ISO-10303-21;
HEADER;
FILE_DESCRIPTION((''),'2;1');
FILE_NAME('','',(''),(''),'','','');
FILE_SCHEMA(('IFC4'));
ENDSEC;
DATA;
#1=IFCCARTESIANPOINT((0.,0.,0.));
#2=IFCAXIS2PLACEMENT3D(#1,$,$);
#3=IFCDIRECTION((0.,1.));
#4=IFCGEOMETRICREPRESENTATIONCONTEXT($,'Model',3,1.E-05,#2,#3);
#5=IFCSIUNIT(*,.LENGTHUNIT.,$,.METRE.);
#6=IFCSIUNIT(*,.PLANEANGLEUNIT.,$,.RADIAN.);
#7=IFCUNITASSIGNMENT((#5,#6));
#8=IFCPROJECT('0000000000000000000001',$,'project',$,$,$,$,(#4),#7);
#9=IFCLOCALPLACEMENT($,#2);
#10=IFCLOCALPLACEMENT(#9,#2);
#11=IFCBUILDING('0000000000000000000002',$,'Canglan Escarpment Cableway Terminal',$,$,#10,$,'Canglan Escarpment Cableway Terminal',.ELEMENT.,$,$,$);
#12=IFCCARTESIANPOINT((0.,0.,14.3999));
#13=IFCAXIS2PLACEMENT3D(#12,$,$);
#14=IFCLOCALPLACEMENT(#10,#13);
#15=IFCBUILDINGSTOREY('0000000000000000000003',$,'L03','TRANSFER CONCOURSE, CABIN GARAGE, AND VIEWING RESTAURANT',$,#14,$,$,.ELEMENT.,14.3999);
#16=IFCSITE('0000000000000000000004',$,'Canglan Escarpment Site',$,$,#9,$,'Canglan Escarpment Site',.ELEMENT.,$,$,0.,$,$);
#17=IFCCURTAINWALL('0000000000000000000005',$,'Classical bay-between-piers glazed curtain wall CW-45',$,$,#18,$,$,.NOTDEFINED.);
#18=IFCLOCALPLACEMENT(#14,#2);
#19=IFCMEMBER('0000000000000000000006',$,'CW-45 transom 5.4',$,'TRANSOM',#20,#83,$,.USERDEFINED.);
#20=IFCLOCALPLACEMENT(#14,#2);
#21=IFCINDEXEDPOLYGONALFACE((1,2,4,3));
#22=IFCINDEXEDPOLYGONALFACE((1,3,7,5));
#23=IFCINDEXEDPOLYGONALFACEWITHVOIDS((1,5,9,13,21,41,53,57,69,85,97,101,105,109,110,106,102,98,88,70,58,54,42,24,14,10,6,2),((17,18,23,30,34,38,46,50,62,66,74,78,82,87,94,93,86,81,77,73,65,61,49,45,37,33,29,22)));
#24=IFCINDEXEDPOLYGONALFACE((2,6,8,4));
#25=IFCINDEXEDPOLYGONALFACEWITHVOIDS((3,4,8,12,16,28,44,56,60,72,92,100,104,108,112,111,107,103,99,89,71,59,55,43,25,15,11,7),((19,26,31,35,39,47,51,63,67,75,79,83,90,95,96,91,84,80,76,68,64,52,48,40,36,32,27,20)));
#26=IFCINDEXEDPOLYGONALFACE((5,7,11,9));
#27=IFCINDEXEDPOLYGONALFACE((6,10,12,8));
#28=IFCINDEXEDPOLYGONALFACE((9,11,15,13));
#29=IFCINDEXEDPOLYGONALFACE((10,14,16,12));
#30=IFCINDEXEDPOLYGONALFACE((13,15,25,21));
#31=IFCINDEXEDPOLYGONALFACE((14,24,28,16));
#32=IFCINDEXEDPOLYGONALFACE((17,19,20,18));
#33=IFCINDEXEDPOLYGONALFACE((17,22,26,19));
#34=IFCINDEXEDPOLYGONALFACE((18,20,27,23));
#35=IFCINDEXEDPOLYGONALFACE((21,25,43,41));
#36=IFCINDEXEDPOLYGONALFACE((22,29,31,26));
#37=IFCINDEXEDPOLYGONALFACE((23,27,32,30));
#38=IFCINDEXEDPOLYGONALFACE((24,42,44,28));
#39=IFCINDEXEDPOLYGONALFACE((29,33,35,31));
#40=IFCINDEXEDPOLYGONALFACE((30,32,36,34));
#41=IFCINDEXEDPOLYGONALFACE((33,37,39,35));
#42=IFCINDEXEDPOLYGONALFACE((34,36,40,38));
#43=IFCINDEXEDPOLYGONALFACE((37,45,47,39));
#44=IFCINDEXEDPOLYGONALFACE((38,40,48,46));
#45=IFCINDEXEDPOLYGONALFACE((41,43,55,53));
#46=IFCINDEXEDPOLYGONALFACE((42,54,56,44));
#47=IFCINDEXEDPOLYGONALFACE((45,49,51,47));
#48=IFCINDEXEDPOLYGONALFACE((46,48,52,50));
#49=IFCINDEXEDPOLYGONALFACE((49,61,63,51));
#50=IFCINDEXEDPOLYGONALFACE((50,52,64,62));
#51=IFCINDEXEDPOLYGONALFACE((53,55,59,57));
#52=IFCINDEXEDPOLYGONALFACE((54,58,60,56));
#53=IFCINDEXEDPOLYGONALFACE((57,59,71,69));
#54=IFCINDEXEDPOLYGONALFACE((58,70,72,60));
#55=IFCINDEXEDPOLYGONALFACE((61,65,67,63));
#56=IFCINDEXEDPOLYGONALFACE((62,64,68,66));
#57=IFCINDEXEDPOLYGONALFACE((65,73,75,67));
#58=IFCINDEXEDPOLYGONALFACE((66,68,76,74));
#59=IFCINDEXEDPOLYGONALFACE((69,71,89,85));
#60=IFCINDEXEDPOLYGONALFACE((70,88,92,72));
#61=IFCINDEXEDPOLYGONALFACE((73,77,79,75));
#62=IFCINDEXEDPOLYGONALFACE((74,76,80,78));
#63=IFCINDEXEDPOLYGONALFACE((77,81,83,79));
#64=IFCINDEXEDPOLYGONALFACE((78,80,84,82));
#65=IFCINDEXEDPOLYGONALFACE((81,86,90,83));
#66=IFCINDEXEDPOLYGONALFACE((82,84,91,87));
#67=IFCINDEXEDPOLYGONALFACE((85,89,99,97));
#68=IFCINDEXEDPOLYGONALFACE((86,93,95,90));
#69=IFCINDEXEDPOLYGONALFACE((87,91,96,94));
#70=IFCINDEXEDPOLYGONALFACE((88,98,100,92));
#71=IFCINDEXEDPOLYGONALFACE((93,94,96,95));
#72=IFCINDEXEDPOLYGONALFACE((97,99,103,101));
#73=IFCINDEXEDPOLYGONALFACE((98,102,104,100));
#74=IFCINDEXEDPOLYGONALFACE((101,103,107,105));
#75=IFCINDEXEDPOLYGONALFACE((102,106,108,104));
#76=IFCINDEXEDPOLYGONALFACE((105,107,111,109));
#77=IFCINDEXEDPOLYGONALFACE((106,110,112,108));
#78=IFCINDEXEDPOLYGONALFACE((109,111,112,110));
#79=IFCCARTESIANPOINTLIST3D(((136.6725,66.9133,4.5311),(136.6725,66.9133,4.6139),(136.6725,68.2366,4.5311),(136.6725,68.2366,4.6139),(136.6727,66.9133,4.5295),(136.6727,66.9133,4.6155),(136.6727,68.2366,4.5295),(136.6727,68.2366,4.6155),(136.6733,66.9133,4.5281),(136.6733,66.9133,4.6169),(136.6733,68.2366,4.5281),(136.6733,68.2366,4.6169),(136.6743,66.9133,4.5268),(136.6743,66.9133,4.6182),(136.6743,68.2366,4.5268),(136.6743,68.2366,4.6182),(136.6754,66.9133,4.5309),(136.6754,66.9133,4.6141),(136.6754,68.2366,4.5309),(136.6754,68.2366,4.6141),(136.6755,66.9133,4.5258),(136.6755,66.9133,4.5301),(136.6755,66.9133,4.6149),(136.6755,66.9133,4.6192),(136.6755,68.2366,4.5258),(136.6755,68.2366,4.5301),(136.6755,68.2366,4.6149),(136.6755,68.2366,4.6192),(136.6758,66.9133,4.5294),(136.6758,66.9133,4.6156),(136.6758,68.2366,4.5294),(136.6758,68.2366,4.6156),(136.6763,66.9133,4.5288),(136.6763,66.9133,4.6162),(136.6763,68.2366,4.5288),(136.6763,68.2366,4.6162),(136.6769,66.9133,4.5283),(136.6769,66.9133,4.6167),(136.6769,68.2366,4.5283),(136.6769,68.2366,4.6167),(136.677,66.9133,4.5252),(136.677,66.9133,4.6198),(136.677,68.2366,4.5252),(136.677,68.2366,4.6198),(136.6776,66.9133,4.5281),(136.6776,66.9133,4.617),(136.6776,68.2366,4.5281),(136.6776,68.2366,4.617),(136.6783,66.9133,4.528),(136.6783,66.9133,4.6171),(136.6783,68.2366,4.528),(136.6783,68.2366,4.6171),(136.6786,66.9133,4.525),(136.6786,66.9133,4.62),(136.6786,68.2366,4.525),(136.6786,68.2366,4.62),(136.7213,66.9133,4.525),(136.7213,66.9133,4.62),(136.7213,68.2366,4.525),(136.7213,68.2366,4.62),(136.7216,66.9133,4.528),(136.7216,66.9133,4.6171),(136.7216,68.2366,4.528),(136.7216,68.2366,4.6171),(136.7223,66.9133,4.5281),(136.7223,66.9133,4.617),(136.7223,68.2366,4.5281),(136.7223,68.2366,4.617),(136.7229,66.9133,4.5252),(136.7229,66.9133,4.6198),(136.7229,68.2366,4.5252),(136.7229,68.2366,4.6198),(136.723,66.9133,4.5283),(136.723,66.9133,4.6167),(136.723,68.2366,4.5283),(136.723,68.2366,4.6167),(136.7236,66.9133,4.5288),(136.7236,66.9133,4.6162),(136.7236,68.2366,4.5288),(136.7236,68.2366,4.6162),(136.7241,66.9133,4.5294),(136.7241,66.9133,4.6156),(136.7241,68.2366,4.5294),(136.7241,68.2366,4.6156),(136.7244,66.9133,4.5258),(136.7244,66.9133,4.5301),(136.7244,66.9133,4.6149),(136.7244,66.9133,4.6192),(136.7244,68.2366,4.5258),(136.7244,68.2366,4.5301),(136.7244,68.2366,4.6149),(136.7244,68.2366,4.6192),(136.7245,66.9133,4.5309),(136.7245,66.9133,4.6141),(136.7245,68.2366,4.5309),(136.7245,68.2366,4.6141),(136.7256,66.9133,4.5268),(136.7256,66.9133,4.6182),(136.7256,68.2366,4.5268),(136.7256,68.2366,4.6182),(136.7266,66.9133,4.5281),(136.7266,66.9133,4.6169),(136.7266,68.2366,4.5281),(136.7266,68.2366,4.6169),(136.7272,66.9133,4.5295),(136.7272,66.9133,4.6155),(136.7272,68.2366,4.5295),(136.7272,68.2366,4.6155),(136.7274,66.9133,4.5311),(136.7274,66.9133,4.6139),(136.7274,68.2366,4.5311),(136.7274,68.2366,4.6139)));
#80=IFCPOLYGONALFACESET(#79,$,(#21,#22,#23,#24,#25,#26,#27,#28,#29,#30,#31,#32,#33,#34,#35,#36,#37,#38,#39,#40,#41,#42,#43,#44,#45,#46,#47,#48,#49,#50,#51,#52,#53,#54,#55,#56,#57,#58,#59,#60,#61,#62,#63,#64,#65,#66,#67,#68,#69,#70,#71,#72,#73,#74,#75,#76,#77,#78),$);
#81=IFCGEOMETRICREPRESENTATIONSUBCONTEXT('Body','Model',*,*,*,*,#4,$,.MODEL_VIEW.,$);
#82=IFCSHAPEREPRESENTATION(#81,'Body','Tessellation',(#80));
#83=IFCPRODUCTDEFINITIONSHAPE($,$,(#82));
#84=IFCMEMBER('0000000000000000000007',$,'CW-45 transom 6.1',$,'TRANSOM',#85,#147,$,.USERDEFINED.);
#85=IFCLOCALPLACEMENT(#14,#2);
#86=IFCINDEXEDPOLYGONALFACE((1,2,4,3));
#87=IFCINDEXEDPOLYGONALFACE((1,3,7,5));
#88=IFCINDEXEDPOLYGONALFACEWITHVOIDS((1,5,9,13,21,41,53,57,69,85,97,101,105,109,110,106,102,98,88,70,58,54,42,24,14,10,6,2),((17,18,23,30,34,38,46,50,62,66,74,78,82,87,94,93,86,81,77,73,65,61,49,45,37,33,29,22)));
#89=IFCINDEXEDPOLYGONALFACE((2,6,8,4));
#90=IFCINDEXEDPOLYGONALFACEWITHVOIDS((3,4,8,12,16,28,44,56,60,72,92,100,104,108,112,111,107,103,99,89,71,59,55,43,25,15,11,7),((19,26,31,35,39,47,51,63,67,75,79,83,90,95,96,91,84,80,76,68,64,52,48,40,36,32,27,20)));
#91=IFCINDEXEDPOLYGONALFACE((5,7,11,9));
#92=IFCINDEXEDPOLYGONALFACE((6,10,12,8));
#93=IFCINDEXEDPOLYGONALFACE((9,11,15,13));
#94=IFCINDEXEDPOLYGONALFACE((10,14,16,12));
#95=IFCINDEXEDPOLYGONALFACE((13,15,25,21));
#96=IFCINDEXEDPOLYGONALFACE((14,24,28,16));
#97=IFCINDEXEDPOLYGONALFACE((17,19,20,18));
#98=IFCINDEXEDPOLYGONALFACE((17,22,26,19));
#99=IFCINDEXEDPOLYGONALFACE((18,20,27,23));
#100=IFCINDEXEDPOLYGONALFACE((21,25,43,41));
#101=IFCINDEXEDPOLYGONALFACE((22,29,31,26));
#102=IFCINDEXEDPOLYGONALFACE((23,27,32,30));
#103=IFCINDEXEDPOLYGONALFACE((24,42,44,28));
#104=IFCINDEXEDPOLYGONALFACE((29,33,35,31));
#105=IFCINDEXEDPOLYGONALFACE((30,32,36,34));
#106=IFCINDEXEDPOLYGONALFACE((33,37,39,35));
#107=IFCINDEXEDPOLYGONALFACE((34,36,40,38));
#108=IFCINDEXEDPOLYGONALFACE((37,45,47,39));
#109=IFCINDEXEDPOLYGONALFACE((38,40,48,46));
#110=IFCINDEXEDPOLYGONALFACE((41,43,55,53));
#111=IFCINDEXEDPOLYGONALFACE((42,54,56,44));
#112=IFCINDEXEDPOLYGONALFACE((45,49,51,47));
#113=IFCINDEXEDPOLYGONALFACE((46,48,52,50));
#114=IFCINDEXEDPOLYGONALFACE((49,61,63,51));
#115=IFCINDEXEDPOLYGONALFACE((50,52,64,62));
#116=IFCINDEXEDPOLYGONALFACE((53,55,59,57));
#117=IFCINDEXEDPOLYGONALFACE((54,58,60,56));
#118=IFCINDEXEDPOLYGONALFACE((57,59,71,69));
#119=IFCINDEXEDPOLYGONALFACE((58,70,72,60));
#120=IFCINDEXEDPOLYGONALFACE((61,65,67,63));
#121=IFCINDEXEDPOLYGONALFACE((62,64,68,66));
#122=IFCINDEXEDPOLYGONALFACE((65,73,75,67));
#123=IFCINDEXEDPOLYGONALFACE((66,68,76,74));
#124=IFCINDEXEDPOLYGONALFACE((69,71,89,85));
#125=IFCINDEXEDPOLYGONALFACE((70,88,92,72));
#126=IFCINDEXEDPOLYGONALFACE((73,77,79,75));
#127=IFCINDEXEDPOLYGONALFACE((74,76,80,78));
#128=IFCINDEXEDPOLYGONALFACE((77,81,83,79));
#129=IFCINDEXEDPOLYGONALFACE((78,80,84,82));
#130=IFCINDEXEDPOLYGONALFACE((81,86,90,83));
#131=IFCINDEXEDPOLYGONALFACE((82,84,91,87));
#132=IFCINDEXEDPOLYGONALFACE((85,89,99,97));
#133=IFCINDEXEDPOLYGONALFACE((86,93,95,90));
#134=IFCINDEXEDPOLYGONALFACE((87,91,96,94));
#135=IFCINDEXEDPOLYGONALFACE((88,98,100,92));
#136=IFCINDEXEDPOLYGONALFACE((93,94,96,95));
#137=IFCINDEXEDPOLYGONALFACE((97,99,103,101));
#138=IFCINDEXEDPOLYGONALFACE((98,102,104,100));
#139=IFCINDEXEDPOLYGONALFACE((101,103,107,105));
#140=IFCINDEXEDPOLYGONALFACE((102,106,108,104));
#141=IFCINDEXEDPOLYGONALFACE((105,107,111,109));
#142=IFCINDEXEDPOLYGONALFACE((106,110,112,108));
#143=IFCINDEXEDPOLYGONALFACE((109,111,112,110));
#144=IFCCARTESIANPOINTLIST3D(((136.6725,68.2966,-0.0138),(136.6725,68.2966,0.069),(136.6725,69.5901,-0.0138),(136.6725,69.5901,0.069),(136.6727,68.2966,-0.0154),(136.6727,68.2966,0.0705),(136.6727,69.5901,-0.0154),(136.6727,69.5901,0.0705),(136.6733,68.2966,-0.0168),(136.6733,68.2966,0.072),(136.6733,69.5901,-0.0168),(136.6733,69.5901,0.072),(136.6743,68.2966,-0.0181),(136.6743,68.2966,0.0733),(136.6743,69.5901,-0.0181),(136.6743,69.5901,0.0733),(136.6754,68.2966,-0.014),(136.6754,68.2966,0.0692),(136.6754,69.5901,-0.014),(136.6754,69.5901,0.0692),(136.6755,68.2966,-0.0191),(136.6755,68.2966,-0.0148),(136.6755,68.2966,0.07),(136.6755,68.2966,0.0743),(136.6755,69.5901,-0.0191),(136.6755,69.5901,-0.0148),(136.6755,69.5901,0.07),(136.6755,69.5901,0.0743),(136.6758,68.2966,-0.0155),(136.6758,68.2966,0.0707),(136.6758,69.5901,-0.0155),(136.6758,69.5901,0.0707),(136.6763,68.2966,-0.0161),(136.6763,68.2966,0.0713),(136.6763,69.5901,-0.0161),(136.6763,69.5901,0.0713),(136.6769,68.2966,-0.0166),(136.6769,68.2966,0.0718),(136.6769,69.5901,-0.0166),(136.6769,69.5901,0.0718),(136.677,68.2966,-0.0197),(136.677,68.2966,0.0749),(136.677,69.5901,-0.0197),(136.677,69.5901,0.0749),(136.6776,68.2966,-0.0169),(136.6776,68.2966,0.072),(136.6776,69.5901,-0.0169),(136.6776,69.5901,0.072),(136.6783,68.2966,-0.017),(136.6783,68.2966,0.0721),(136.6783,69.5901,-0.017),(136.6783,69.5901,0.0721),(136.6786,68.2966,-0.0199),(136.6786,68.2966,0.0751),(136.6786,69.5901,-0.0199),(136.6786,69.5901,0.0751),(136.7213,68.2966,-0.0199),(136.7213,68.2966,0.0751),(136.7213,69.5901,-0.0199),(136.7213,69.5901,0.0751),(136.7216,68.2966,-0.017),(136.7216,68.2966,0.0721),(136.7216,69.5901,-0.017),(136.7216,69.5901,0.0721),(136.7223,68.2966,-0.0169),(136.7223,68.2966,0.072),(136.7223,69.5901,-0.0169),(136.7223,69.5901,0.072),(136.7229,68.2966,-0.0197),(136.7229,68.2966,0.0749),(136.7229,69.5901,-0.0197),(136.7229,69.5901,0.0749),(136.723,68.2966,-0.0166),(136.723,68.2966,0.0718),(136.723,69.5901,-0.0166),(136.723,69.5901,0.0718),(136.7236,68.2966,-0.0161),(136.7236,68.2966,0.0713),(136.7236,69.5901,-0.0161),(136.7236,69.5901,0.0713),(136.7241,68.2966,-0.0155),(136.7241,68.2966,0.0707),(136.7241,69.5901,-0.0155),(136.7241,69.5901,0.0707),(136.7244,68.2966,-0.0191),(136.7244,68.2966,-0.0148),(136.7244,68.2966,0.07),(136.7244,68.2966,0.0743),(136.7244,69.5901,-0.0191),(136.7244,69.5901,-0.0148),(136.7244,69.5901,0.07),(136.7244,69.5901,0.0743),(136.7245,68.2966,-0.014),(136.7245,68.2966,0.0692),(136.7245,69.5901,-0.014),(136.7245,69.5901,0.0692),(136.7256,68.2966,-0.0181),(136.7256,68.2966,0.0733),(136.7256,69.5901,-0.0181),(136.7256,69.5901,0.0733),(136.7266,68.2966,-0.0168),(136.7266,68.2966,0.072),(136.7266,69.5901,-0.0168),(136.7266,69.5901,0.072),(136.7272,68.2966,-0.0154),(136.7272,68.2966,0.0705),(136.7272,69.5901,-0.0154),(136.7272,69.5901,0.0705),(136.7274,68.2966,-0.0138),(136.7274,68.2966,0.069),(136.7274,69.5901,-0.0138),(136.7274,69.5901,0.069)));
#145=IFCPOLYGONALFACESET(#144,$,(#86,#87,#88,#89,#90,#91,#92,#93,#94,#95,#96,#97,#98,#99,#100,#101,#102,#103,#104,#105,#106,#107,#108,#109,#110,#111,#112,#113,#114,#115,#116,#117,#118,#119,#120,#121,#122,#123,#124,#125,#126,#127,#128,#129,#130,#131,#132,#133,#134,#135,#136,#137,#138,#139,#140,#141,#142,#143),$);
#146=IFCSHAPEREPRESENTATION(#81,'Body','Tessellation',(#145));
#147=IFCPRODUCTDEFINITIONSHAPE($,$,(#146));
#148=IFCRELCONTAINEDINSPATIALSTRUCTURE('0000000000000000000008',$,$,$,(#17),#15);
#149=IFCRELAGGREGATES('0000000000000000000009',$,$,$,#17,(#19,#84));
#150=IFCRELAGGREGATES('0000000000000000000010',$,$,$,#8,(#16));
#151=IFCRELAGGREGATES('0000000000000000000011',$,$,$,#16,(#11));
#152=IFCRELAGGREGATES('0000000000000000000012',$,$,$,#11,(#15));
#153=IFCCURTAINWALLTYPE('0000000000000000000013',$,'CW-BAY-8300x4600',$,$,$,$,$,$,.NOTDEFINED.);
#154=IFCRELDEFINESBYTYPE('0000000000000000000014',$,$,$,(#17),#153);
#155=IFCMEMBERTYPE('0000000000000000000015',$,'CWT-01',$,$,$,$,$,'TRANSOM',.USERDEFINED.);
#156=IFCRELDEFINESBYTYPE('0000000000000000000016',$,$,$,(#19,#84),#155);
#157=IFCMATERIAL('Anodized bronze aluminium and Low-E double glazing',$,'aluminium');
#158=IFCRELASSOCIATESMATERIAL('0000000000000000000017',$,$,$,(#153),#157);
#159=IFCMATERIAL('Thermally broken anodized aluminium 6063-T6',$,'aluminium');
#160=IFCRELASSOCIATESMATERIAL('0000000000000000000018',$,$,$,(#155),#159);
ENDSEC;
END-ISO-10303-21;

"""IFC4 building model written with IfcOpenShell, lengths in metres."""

from ifc_helpers import new_model, si_unit, direction, frame, origin, origin_2d, place, context, subcontext, project, spatial, hollow_rectangle, extrude, material, material_profile, profile_set, type_object, element, aggregate, save


model = new_model("IFC4")

# Units and contexts
model_context = context("Model", 3, precision=1e-05, world=origin(), true_north=direction((0.0, 1.0)))
body_context = subcontext(model_context, "Body", "Model", "MODEL_VIEW")
ifc_project = project(units=[si_unit("LENGTHUNIT", "METRE"), si_unit("PLANEANGLEUNIT", "RADIAN")], contexts=[model_context])

# Site, building, storey
site_placement = place(None, origin())
site = spatial("IfcSite", under=ifc_project, at=site_placement, Name="Canglan Escarpment Site", LongName="Canglan Escarpment Site", CompositionType="ELEMENT", RefElevation=0.0)
building_placement = place(site_placement, origin())
building = spatial("IfcBuilding", under=site, at=building_placement, Name="Canglan Escarpment Cableway Terminal", LongName="Canglan Escarpment Cableway Terminal", CompositionType="ELEMENT")
storey_placement = place(building_placement, frame((0.0, 0.0, 14.3999)))
storey = spatial("IfcBuildingStorey", under=building, at=storey_placement, Name="L03", Description="TRANSFER CONCOURSE, CABIN GARAGE, AND VIEWING RESTAURANT", CompositionType="ELEMENT", Elevation=14.3999)

# Curtain wall, members
ifc_material_1 = material(Name="Anodized bronze aluminium and Low-E double glazing", Category="aluminium")
curtain_wall_type = type_object("IfcCurtainWallType", Name="CW-BAY-8300x4600", PredefinedType="NOTDEFINED", material=ifc_material_1)
curtain_wall_placement = place(storey_placement, origin())
curtain_wall = element("IfcCurtainWall", 1, at=curtain_wall_placement, inside=storey, type_object=curtain_wall_type, Name="Classical bay-between-piers glazed curtain wall CW-45", PredefinedType="NOTDEFINED")
ifc_material_2 = material(Name="Thermally broken anodized aluminium 6063-T6", Category="aluminium")
ifc_material_profile_1 = material_profile(ifc_material_2, hollow_rectangle(XDim=0.0549, YDim=0.095, WallThickness=0.0029, InnerFilletRadius=0.0029, OuterFilletRadius=0.0061, at=origin_2d()), Name="ALU-TRAN 55x95x3")
ifc_profile_set_1 = profile_set([ifc_material_profile_1], Name="Thermally broken anodized aluminium 6063-T6")
member_type_1 = type_object("IfcMemberType", Name="CWT-01", ElementType="TRANSOM", PredefinedType="USERDEFINED", material=ifc_profile_set_1)
member_1_placement = place(storey_placement, frame((136.7, 66.9133, 4.5725), z_axis=(0.0, 1.0, 0.0), x_axis=(-1.0, 0.0, 0.0)))
member_1 = element("IfcMember", 2, at=member_1_placement, type_object=member_type_1, Name="CW-45 transom 5.4", ObjectType="TRANSOM", PredefinedType="USERDEFINED", context=body_context, shape_type="SweptSolid", body=[
    extrude(hollow_rectangle(XDim=0.0549, YDim=0.095, WallThickness=0.0029, InnerFilletRadius=0.0029, OuterFilletRadius=0.0061, at=origin_2d()), origin(), (0.0, 0.0, 1.0), 1.3232),
])
member_2_placement = place(storey_placement, frame((136.7, 68.2966, 0.0276), z_axis=(0.0, 1.0, 0.0), x_axis=(-1.0, 0.0, 0.0)))
member_2 = element("IfcMember", 3, at=member_2_placement, type_object=member_type_1, Name="CW-45 transom 6.1", ObjectType="TRANSOM", PredefinedType="USERDEFINED", context=body_context, shape_type="SweptSolid", body=[
    extrude(hollow_rectangle(XDim=0.0549, YDim=0.095, WallThickness=0.0029, InnerFilletRadius=0.0029, OuterFilletRadius=0.0061, at=origin_2d()), origin(), (0.0, 0.0, 1.0), 1.2935),
])

aggregate(curtain_wall, [member_1, member_2])

save(model, "model.ifc")
